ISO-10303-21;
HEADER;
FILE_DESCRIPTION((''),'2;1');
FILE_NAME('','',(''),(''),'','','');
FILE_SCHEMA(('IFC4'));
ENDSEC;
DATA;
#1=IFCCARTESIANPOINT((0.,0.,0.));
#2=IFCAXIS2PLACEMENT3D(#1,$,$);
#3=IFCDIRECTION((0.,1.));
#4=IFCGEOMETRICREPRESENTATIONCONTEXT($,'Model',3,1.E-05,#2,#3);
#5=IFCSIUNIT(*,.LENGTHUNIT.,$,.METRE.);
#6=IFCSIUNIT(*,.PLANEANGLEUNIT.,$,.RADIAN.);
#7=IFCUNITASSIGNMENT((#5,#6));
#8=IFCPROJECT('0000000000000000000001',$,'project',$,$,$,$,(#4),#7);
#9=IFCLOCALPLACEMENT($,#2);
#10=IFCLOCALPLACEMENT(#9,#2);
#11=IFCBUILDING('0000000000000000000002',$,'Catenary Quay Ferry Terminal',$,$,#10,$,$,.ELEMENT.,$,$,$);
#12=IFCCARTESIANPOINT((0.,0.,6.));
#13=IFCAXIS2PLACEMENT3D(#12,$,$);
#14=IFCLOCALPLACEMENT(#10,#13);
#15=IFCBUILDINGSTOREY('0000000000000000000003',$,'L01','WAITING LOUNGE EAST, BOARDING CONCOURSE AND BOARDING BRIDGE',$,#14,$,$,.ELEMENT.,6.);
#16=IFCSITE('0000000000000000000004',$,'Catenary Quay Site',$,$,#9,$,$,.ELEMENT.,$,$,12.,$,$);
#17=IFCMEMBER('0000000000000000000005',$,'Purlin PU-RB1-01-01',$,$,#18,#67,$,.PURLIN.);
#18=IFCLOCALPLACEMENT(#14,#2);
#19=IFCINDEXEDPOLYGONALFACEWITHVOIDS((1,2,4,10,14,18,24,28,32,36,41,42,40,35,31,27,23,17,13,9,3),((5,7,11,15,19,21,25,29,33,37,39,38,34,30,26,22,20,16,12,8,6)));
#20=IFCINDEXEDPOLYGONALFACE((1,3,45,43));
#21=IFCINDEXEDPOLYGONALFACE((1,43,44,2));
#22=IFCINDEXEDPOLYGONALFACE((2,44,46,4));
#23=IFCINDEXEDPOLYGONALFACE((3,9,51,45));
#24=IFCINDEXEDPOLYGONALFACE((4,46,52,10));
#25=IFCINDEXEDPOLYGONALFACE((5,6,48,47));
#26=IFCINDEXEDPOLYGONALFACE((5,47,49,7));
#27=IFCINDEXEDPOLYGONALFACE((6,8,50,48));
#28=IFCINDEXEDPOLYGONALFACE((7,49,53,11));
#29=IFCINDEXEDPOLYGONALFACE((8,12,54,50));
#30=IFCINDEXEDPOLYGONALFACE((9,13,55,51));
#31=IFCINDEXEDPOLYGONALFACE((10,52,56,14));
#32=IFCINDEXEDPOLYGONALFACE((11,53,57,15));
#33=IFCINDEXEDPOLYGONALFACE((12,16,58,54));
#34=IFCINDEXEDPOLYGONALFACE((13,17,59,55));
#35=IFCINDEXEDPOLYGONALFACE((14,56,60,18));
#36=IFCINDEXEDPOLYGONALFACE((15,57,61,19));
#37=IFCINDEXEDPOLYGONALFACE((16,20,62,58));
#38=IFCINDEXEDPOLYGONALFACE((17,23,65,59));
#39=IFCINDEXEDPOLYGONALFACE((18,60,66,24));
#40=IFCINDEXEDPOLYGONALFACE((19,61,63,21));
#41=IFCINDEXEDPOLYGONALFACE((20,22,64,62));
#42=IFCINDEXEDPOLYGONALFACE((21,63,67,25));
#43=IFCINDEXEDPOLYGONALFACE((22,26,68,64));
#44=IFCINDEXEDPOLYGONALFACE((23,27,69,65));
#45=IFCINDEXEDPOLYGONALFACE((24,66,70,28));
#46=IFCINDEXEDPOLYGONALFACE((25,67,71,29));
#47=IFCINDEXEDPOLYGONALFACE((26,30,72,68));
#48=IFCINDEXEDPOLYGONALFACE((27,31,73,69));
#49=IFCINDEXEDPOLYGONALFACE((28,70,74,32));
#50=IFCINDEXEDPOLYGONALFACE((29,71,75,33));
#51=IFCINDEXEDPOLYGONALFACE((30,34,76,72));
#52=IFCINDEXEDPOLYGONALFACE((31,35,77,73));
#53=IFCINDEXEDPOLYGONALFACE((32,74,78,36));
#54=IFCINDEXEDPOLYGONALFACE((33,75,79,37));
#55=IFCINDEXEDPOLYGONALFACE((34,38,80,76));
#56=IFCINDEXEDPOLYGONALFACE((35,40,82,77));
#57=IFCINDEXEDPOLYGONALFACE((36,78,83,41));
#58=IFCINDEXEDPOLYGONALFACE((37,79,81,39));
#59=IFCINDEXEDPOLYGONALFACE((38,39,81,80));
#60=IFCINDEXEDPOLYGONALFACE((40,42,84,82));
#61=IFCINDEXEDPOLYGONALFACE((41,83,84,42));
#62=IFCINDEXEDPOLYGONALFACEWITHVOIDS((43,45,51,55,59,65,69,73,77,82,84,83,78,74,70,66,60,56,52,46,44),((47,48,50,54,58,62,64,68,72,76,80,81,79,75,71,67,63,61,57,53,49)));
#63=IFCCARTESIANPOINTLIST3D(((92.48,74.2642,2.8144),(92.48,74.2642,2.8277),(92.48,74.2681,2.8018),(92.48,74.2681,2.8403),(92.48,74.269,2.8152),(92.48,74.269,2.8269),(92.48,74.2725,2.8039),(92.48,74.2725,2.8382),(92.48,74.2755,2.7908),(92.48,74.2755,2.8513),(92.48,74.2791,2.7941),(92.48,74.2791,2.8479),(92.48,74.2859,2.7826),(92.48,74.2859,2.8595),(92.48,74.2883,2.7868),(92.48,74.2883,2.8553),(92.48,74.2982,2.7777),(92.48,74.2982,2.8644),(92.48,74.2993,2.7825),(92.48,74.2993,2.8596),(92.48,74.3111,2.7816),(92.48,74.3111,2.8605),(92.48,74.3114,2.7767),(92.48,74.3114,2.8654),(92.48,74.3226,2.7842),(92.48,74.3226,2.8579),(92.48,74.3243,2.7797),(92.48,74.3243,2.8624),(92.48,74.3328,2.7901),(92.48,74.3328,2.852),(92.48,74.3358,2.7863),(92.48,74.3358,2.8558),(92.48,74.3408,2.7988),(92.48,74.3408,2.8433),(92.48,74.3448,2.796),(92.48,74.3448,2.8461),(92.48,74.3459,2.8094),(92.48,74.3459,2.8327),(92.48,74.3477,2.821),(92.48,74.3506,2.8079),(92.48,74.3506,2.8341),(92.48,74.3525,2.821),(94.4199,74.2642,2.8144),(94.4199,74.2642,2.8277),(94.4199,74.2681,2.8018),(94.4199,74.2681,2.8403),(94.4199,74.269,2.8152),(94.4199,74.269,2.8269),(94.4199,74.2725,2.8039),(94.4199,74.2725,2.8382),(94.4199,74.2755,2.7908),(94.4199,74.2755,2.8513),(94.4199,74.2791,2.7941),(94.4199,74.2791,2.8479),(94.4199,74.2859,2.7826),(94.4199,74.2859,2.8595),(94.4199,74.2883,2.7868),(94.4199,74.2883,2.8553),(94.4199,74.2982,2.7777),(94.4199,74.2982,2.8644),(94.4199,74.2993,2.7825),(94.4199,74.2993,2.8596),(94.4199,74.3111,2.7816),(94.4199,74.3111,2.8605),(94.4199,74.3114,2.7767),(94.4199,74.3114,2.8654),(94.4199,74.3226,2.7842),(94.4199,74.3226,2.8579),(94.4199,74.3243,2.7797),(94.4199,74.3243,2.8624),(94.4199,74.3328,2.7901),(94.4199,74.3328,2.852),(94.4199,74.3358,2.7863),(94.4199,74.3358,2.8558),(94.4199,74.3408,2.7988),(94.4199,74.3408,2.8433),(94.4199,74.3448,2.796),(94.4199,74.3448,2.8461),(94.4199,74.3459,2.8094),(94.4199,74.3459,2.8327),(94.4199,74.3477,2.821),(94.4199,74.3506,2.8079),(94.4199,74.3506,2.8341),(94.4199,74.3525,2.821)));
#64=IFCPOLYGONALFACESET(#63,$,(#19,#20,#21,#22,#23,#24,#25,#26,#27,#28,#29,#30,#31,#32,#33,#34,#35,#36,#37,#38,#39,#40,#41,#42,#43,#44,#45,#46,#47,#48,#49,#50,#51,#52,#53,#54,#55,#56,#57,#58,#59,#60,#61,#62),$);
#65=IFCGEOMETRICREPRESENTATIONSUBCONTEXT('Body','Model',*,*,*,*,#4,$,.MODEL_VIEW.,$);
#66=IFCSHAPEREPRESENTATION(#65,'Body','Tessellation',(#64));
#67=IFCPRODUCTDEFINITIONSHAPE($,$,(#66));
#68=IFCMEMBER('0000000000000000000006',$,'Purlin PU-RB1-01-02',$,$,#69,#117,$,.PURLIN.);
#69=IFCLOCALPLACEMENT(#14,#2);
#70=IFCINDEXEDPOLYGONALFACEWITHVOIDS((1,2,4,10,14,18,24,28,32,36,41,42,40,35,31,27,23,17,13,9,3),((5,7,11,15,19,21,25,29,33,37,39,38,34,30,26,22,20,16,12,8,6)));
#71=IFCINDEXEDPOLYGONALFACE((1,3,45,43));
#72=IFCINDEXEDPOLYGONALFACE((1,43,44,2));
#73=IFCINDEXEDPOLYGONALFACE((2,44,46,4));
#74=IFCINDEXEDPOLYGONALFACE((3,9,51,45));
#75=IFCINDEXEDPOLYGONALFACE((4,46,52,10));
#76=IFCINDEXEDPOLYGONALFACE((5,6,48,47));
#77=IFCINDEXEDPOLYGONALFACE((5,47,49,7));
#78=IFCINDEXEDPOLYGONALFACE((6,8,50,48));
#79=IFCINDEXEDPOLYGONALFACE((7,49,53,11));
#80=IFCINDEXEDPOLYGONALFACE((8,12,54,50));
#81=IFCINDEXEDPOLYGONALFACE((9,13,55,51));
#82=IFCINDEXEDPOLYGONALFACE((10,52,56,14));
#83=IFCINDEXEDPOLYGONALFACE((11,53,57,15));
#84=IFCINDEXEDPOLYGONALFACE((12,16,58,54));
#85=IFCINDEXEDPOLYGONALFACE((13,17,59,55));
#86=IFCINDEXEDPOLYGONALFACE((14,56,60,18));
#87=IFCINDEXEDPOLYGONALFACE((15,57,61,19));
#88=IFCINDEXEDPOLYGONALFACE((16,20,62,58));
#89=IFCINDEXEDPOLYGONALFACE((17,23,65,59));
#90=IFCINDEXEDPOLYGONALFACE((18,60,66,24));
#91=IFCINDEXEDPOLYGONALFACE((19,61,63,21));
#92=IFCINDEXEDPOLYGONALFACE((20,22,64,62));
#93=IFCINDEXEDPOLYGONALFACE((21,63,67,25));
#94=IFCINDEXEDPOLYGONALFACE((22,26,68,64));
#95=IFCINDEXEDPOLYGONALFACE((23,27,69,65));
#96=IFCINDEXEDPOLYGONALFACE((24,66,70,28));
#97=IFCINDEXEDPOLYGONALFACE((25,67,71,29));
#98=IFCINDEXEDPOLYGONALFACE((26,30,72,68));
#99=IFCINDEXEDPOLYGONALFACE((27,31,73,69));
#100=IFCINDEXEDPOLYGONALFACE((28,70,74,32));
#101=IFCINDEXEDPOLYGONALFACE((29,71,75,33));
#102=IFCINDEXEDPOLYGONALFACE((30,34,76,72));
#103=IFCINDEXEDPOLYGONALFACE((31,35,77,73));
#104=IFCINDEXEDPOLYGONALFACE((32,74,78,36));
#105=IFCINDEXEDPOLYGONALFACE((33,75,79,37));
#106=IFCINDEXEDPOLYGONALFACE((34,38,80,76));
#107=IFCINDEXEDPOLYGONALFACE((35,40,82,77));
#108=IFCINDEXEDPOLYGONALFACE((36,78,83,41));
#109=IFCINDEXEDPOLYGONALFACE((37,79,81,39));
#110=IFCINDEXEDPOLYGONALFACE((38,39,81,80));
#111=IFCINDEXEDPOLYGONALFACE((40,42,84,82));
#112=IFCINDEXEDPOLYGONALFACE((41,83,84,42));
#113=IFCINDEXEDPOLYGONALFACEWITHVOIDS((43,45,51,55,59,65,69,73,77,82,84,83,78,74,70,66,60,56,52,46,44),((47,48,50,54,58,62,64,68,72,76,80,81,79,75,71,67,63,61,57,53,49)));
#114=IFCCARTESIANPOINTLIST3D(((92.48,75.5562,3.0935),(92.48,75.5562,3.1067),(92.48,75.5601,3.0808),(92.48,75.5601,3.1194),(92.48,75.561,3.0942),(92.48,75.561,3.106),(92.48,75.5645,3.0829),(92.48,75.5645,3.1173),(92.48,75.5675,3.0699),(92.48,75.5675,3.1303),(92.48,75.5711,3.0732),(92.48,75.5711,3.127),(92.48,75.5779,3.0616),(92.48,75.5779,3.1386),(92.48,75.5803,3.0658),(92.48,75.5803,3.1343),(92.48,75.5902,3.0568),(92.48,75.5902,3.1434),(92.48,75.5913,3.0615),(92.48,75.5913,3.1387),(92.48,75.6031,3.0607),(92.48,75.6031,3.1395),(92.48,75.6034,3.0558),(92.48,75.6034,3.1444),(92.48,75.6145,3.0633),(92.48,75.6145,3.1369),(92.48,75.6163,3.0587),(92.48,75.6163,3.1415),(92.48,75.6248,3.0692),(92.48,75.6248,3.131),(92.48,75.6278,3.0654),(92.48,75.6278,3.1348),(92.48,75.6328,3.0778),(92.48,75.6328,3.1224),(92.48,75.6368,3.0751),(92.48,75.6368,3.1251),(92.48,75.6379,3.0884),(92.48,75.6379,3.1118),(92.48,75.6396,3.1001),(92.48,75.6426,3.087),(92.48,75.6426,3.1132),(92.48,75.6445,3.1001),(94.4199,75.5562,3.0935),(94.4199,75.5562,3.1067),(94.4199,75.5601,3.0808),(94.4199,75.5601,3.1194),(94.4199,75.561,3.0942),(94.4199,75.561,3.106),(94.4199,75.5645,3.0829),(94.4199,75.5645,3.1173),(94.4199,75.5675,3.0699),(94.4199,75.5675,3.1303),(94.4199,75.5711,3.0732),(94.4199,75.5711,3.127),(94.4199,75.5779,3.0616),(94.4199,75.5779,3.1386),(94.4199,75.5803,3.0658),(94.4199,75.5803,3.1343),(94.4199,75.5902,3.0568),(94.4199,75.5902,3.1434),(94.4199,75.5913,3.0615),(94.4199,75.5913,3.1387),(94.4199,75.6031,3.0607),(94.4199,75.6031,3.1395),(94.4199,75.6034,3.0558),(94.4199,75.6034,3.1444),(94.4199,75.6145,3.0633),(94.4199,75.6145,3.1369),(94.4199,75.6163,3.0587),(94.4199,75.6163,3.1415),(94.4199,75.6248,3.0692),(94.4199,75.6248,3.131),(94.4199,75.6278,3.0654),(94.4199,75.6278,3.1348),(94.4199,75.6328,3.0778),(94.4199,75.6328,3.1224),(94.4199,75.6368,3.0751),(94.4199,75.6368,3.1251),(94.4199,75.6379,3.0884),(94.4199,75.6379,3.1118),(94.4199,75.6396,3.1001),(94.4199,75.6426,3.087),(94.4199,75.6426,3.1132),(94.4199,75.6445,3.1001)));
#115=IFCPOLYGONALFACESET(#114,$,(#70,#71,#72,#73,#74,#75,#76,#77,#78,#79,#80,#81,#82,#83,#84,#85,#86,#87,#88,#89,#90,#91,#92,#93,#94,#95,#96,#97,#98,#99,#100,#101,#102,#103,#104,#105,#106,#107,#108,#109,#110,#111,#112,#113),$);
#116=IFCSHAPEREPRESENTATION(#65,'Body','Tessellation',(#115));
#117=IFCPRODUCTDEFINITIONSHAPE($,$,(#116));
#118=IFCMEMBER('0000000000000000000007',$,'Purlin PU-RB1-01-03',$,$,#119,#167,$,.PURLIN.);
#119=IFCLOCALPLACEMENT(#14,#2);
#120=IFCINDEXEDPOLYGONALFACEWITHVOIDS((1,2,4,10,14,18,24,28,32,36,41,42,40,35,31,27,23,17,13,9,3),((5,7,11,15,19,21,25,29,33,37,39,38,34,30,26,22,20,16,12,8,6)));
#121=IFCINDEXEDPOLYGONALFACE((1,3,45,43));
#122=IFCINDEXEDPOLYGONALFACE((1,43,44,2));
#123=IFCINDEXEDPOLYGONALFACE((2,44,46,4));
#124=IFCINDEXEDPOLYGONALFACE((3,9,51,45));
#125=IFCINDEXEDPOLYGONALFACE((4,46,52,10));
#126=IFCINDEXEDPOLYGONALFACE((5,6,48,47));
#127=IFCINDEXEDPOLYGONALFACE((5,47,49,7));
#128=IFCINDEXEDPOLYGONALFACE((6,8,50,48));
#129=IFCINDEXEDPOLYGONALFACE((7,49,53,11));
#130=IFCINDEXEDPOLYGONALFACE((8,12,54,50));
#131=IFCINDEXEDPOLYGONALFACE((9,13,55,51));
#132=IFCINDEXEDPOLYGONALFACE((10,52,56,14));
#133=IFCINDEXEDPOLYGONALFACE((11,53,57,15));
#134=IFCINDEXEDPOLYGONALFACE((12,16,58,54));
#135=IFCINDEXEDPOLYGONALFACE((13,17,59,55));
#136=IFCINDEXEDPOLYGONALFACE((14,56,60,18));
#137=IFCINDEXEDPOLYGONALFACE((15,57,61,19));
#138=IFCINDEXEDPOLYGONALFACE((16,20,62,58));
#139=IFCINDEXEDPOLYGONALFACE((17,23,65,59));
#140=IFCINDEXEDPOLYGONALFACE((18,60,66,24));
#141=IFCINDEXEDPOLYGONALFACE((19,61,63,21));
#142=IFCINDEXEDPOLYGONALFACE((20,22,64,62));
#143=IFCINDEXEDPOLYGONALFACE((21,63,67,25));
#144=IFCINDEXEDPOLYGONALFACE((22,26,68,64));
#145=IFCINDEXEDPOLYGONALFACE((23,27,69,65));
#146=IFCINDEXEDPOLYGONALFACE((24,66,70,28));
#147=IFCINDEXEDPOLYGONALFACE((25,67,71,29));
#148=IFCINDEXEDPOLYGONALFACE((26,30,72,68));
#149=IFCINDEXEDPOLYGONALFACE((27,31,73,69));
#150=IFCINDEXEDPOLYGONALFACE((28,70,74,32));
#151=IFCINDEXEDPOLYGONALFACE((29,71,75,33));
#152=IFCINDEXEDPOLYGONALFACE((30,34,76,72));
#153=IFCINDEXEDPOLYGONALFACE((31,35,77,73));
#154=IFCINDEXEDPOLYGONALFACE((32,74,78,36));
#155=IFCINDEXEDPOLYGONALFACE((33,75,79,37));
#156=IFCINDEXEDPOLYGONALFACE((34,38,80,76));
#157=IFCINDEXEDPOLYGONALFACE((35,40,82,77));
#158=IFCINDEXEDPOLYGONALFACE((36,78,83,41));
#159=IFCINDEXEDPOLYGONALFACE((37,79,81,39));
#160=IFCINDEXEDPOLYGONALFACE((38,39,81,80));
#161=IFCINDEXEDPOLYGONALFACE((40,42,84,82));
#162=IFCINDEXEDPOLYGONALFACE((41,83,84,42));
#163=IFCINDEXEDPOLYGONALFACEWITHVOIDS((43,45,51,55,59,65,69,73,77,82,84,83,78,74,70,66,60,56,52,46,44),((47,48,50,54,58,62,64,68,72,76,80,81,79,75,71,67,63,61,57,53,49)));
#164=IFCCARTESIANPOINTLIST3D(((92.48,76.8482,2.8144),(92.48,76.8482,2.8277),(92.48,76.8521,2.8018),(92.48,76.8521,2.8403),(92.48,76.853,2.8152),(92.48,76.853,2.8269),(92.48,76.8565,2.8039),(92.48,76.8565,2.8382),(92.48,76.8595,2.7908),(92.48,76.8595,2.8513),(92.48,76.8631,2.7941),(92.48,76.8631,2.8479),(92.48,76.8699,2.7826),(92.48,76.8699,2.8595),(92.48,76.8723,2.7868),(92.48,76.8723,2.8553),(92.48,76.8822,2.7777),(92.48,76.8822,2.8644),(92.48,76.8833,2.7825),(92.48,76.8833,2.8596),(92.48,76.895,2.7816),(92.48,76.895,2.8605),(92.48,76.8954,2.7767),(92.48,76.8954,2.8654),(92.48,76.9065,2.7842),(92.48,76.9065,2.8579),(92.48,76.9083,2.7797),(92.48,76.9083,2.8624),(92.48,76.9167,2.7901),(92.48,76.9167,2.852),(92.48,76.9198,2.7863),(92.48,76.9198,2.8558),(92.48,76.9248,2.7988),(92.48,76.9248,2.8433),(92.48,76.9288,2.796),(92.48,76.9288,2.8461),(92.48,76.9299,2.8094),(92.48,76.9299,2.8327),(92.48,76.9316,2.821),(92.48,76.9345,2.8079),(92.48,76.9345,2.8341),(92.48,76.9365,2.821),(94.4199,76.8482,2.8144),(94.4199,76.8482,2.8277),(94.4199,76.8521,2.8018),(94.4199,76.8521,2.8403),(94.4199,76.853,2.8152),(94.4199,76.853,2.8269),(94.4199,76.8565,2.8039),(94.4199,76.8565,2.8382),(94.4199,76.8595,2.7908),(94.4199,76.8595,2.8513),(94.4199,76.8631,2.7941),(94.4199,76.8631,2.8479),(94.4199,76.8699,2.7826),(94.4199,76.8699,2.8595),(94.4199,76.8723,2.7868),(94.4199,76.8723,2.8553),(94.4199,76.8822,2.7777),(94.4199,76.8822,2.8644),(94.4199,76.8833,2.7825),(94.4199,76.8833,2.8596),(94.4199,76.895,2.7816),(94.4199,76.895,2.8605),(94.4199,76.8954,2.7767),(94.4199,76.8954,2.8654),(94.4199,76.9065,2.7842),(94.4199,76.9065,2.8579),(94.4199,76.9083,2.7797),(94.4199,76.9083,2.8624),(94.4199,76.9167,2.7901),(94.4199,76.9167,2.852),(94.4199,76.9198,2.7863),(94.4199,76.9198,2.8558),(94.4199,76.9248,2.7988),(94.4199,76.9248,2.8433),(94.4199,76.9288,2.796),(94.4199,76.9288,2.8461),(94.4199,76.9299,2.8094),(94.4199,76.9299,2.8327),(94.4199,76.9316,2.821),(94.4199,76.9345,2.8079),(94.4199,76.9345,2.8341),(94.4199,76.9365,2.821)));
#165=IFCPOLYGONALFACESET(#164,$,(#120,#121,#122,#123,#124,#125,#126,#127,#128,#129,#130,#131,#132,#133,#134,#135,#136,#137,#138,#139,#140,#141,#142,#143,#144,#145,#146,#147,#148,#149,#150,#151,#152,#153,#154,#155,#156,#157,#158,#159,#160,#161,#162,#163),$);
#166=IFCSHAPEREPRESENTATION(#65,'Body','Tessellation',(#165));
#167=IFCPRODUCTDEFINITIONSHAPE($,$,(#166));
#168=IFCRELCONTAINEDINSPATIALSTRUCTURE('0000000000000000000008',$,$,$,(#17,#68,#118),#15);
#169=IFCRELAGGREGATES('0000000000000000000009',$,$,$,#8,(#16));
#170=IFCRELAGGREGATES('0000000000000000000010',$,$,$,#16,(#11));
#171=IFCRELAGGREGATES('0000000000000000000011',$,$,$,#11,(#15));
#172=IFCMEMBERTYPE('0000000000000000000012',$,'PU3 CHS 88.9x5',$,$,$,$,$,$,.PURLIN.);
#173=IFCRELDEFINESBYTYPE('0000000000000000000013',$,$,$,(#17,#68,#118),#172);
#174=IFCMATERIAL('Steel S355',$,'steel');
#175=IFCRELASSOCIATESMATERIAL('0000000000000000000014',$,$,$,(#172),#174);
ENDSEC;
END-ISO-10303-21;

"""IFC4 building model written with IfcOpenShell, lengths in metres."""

from ifc_helpers import new_model, si_unit, direction, frame, origin, origin_2d, place, context, subcontext, project, spatial, hollow_circle, extrude, material, material_profile, profile_set, type_object, element, save


model = new_model("IFC4")

# Units and contexts
model_context = context("Model", 3, precision=1e-05, world=origin(), true_north=direction((0.0, 1.0)))
body_context = subcontext(model_context, "Body", "Model", "MODEL_VIEW")
ifc_project = project(units=[si_unit("LENGTHUNIT", "METRE"), si_unit("PLANEANGLEUNIT", "RADIAN")], contexts=[model_context])

# Site, building, storey
site_placement = place(None, origin())
site = spatial("IfcSite", under=ifc_project, at=site_placement, Name="Catenary Quay Site", CompositionType="ELEMENT", RefElevation=12.0)
building_placement = place(site_placement, origin())
building = spatial("IfcBuilding", under=site, at=building_placement, Name="Catenary Quay Ferry Terminal", CompositionType="ELEMENT")
storey_placement = place(building_placement, frame((0.0, 0.0, 6.0)))
storey = spatial("IfcBuildingStorey", under=building, at=storey_placement, Name="L01", Description="WAITING LOUNGE EAST, BOARDING CONCOURSE AND BOARDING BRIDGE", CompositionType="ELEMENT", Elevation=6.0)

# Members
ifc_material_1 = material(Name="Steel S355", Category="steel")
ifc_material_profile_1 = material_profile(ifc_material_1, hollow_circle(Radius=0.0444, WallThickness=0.0049, at=origin_2d()), Name="CHS 88.9x5")
ifc_profile_set_1 = profile_set([ifc_material_profile_1], Name="Steel S355")
member_type_1 = type_object("IfcMemberType", Name="PU3 CHS 88.9x5", PredefinedType="PURLIN", material=ifc_profile_set_1)
for number, where, z_axis, x_axis, name in (
    (1, (92.48, 74.3081, 2.821), (1.0, 0.0, 0.0), (0.0, 1.0, 0.0), "Purlin PU-RB1-01-01"),
    (2, (92.48, 75.6001, 3.1001), (1.0, 0.0, 0.0), (0.0, 1.0, 0.0), "Purlin PU-RB1-01-02"),
    (3, (92.48, 76.8921, 2.821), (1.0, 0.0, 0.0), (0.0, 1.0, 0.0), "Purlin PU-RB1-01-03"),
):
    element("IfcMember", number, at=place(storey_placement, frame(where, z_axis=z_axis, x_axis=x_axis)), inside=storey, type_object=member_type_1, Name=name, PredefinedType="PURLIN", context=body_context, shape_type="SweptSolid", body=[
        extrude(hollow_circle(Radius=0.0444, WallThickness=0.0049, at=origin_2d()), origin(), (0.0, 0.0, 1.0), 1.9399),
    ])

save(model, "model.ifc")
